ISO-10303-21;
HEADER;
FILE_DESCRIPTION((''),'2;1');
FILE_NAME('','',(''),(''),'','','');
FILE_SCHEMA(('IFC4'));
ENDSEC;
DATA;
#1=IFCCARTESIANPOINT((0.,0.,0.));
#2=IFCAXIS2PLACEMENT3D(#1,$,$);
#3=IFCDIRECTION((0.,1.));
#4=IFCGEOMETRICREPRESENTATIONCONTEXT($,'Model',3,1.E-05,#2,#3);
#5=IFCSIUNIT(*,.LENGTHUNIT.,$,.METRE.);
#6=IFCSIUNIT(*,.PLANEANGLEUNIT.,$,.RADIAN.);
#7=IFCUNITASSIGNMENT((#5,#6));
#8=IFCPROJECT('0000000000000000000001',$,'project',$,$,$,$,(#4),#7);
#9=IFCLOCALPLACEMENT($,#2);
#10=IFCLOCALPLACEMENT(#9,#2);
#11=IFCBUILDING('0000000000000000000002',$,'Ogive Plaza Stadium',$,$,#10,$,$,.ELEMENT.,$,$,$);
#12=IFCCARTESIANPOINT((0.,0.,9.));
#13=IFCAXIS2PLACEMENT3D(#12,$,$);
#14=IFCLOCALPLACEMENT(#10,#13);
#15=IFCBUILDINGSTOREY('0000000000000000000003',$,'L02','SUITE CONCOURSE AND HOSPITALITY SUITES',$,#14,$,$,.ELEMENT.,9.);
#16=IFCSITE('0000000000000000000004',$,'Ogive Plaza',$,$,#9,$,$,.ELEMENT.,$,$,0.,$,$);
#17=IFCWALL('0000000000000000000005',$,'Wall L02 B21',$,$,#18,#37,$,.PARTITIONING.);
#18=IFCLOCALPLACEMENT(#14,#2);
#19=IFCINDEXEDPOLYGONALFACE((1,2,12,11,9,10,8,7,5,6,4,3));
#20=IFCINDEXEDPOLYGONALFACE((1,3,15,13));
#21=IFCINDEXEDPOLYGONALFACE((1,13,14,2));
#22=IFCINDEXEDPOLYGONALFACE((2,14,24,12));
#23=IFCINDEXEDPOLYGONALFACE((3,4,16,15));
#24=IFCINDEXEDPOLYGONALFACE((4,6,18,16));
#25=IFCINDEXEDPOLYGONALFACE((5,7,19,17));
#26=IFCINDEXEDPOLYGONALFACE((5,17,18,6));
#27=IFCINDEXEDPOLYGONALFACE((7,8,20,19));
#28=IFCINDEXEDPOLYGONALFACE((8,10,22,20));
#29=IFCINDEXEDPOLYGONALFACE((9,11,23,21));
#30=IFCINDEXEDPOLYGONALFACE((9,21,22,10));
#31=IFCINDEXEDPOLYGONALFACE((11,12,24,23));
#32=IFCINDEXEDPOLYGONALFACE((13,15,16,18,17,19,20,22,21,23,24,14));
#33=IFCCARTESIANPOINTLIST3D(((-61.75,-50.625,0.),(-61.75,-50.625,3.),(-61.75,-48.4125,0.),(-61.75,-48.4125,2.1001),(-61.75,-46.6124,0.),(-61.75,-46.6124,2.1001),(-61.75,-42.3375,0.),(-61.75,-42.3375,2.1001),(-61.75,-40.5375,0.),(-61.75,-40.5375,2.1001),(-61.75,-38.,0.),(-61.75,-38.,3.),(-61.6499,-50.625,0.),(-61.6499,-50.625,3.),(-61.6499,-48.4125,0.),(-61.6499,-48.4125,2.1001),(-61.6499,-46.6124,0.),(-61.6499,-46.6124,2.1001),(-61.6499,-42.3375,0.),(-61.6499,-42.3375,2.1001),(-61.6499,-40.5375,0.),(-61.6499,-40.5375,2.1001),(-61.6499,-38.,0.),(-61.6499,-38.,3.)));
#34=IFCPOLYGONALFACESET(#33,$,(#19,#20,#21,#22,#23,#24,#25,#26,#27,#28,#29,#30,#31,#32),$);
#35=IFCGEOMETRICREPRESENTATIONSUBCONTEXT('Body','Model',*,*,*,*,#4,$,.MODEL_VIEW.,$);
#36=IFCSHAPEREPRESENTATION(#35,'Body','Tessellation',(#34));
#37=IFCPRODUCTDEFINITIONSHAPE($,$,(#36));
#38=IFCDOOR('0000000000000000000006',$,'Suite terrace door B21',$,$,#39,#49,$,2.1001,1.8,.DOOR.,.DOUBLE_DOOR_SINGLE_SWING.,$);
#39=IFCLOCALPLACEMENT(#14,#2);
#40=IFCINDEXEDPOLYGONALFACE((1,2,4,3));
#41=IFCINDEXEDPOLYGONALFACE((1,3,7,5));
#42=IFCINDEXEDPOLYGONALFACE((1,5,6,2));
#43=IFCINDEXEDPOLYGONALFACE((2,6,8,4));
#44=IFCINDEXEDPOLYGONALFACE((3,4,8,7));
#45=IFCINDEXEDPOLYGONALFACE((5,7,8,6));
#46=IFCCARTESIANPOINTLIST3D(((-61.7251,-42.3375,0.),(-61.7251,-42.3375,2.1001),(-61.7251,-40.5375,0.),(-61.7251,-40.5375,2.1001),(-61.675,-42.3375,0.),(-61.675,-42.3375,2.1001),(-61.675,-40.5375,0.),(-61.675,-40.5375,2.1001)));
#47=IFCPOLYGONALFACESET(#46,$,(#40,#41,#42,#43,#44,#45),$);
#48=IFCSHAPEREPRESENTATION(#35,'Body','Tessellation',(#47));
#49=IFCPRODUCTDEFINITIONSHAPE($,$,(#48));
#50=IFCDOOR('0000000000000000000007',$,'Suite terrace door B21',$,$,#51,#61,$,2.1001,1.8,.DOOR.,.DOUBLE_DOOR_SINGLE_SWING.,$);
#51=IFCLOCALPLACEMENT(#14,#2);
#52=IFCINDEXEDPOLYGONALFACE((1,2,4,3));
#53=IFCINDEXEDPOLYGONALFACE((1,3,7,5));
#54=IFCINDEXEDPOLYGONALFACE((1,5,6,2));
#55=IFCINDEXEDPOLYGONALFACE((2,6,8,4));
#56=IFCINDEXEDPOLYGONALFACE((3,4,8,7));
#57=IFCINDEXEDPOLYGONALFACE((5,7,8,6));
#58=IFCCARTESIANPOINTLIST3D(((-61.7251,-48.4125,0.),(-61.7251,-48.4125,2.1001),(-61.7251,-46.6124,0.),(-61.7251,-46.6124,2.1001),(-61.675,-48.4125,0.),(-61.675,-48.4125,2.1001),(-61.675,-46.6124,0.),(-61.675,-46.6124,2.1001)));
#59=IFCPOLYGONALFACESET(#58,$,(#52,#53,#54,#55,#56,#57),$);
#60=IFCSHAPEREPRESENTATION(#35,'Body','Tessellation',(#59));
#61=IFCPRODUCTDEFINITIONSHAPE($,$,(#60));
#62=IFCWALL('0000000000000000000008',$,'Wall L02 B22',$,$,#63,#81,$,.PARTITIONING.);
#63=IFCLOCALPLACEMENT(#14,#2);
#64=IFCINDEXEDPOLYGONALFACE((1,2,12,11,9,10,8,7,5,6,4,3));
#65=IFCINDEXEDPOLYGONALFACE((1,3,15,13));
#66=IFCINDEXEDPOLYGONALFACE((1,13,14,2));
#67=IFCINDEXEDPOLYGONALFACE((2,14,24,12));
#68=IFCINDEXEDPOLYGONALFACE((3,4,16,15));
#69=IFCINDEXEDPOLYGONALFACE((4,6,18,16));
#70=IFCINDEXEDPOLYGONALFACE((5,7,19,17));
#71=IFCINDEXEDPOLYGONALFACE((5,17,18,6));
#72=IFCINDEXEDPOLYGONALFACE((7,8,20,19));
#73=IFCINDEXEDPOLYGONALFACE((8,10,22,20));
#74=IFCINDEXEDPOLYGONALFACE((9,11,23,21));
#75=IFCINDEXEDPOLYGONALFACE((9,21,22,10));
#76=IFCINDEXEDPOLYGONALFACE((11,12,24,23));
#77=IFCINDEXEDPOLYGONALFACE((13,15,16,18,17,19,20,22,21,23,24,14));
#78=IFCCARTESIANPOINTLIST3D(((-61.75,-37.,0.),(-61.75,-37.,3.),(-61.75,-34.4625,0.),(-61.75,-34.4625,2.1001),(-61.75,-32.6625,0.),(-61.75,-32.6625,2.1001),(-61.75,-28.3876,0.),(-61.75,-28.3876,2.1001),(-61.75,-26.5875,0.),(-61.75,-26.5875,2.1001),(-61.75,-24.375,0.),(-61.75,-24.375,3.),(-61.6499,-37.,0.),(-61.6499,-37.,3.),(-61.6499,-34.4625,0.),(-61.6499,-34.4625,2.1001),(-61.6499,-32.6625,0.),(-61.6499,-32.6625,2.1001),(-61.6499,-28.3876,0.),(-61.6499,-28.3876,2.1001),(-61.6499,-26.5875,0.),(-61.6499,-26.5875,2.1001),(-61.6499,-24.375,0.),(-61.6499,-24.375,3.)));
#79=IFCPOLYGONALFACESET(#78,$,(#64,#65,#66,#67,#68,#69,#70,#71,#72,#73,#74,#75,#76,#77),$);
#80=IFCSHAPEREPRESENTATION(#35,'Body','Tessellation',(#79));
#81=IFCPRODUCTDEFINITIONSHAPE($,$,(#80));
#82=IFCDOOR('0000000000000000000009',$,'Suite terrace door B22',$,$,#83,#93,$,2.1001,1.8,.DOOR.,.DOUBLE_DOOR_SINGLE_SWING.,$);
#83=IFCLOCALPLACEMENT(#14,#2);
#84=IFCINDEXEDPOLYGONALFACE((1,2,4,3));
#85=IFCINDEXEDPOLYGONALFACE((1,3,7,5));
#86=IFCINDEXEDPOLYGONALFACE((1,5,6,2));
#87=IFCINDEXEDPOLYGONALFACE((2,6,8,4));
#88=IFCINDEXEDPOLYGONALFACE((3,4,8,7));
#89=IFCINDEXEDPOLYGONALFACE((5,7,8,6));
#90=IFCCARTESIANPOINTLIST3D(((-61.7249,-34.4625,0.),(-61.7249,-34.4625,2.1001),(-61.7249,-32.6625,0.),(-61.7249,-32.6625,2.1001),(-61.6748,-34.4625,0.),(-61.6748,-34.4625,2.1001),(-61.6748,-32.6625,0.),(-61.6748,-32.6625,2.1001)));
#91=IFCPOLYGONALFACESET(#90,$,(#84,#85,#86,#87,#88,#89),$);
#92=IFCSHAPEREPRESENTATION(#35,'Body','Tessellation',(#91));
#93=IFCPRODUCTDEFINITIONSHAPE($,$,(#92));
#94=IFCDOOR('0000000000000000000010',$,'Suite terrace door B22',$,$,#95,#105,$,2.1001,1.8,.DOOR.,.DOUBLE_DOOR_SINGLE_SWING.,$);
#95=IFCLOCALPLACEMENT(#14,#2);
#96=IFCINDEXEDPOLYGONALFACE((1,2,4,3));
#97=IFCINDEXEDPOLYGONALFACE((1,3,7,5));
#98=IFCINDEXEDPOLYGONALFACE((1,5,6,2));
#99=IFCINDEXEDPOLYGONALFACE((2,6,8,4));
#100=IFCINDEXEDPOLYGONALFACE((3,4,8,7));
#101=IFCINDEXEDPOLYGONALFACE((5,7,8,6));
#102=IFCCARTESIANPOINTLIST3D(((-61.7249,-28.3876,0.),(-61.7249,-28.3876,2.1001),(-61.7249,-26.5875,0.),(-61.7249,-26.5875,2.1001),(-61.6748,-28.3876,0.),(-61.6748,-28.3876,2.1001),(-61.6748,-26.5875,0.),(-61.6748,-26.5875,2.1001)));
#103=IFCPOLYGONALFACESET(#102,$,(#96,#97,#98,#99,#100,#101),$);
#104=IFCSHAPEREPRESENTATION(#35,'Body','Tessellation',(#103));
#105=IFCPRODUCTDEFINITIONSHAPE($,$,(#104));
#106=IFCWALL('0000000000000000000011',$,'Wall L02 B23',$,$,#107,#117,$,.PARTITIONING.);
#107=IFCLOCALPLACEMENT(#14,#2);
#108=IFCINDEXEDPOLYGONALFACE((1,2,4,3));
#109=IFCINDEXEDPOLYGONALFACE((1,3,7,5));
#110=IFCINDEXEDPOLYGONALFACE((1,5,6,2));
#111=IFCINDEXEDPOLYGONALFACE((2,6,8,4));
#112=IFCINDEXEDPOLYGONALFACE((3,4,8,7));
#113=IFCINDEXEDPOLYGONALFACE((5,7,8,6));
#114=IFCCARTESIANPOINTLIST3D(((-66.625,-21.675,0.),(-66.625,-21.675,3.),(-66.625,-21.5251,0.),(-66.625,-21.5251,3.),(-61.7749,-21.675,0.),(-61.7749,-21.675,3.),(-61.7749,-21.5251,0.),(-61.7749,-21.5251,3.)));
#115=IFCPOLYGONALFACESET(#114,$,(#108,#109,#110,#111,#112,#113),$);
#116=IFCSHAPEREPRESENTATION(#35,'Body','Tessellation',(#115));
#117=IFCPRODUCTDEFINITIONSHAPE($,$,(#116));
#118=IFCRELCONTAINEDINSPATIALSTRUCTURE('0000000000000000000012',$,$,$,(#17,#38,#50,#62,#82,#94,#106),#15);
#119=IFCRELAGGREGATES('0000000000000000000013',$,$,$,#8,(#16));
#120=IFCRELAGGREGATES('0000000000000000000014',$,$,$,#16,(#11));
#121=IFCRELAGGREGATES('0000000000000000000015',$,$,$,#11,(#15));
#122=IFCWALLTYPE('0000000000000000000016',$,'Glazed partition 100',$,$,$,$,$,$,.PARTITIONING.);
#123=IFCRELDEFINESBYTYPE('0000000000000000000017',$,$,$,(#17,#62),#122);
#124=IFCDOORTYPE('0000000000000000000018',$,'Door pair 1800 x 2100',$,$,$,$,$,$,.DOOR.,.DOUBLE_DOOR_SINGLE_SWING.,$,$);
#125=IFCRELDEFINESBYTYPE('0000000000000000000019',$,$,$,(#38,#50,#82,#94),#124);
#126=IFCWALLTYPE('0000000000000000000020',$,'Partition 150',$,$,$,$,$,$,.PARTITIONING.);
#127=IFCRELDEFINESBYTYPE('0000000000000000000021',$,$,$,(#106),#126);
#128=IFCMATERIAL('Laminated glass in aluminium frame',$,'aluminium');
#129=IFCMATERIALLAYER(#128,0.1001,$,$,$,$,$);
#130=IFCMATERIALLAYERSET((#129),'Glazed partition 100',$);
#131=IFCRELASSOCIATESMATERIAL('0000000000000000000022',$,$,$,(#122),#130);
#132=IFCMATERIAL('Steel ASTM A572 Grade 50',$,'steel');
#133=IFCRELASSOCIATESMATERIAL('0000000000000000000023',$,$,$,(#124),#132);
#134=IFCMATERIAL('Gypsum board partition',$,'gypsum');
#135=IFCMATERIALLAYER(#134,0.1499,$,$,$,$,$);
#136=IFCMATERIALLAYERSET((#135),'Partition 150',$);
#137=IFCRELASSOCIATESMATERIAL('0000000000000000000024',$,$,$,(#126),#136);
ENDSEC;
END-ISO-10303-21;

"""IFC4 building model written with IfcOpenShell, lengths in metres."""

from ifc_helpers import new_model, si_unit, direction, frame, frame_2d, origin, place, context, subcontext, project, spatial, rectangle, extrude, material, layer, layer_set, type_object, element, fill, save


model = new_model("IFC4")

# Units and contexts
model_context = context("Model", 3, precision=1e-05, world=origin(), true_north=direction((0.0, 1.0)))
body_context = subcontext(model_context, "Body", "Model", "MODEL_VIEW")
ifc_project = project(units=[si_unit("LENGTHUNIT", "METRE"), si_unit("PLANEANGLEUNIT", "RADIAN")], contexts=[model_context])

# Site, building, storey
site_placement = place(None, origin())
site = spatial("IfcSite", under=ifc_project, at=site_placement, Name="Ogive Plaza", CompositionType="ELEMENT", RefElevation=0.0)
building_placement = place(site_placement, origin())
building = spatial("IfcBuilding", under=site, at=building_placement, Name="Ogive Plaza Stadium", CompositionType="ELEMENT")
storey_placement = place(building_placement, frame((0.0, 0.0, 9.0)))
storey = spatial("IfcBuildingStorey", under=building, at=storey_placement, Name="L02", Description="SUITE CONCOURSE AND HOSPITALITY SUITES", CompositionType="ELEMENT", Elevation=9.0)

# Walls, openings, doors
ifc_material_1 = material(Name="Laminated glass in aluminium frame", Category="aluminium")
ifc_layer_1 = layer(ifc_material_1, 0.1001)
ifc_layer_set_1 = layer_set([ifc_layer_1], Name="Glazed partition 100")
wall_type_1 = type_object("IfcWallType", Name="Glazed partition 100", PredefinedType="PARTITIONING", material=ifc_layer_set_1)
wall_1_placement = place(storey_placement, frame((-61.7, -38.0, 0.0), z_axis=(0.0, 0.0, 1.0), x_axis=(0.0, -1.0, 0.0)))
wall_1 = element("IfcWall", 1, at=wall_1_placement, inside=storey, type_object=wall_type_1, Name="Wall L02 B21", PredefinedType="PARTITIONING", context=body_context, shape_type="SweptSolid", body=[
    extrude(rectangle(XDim=12.625, YDim=0.1001, at=frame_2d((6.3125, 0.0))), origin(), (0.0, 0.0, 1.0), 3.0),
])
opening_1_placement = place(wall_1_placement, frame((2.5376, 0.0, 0.0)))
opening_1 = element("IfcOpeningElement", 2, at=opening_1_placement, cuts=wall_1, PredefinedType="OPENING", context=body_context, shape_type="SweptSolid", body=[
    extrude(rectangle(XDim=1.8, YDim=2.1001, at=frame_2d((0.8999, 1.05))), frame((0.0, 0.05, 0.0), z_axis=(0.0, -1.0, 0.0), x_axis=(1.0, 0.0, 0.0)), (0.0, 0.0, 1.0), 0.1001),
])
opening_2_placement = place(wall_1_placement, frame((8.6125, 0.0, 0.0)))
opening_2 = element("IfcOpeningElement", 3, at=opening_2_placement, cuts=wall_1, PredefinedType="OPENING", context=body_context, shape_type="SweptSolid", body=[
    extrude(rectangle(XDim=1.8, YDim=2.1001, at=frame_2d((0.8999, 1.05))), frame((0.0, 0.05, 0.0), z_axis=(0.0, -1.0, 0.0), x_axis=(1.0, 0.0, 0.0)), (0.0, 0.0, 1.0), 0.1001),
])
ifc_material_2 = material(Name="Steel ASTM A572 Grade 50", Category="steel")
door_type = type_object("IfcDoorType", Name="Door pair 1800 x 2100", OperationType="DOUBLE_DOOR_SINGLE_SWING", PredefinedType="DOOR", material=ifc_material_2)
door_1_placement = place(opening_1_placement, origin())
door_1 = element("IfcDoor", 4, at=door_1_placement, inside=storey, type_object=door_type, Name="Suite terrace door B21", OperationType="DOUBLE_DOOR_SINGLE_SWING", OverallHeight=2.1001, OverallWidth=1.8, PredefinedType="DOOR", context=body_context, shape_type="SweptSolid", body=[
    extrude(rectangle(XDim=1.8, YDim=2.1001, at=frame_2d((0.8999, 1.05))), frame((0.0, 0.0249, 0.0), z_axis=(0.0, -1.0, 0.0), x_axis=(1.0, 0.0, 0.0)), (0.0, 0.0, 1.0), 0.05),
])
fill(opening_1, door_1)
door_2_placement = place(opening_2_placement, origin())
door_2 = element("IfcDoor", 5, at=door_2_placement, inside=storey, type_object=door_type, Name="Suite terrace door B21", OperationType="DOUBLE_DOOR_SINGLE_SWING", OverallHeight=2.1001, OverallWidth=1.8, PredefinedType="DOOR", context=body_context, shape_type="SweptSolid", body=[
    extrude(rectangle(XDim=1.8, YDim=2.1001, at=frame_2d((0.8999, 1.05))), frame((0.0, 0.0249, 0.0), z_axis=(0.0, -1.0, 0.0), x_axis=(1.0, 0.0, 0.0)), (0.0, 0.0, 1.0), 0.05),
])
fill(opening_2, door_2)
wall_2_placement = place(storey_placement, frame((-61.7, -37.0, 0.0), z_axis=(0.0, 0.0, 1.0), x_axis=(0.0, 1.0, 0.0)))
wall_2 = element("IfcWall", 6, at=wall_2_placement, inside=storey, type_object=wall_type_1, Name="Wall L02 B22", PredefinedType="PARTITIONING", context=body_context, shape_type="SweptSolid", body=[
    extrude(rectangle(XDim=12.625, YDim=0.1001, at=frame_2d((6.3125, 0.0))), origin(), (0.0, 0.0, 1.0), 3.0),
])
opening_3_placement = place(wall_2_placement, frame((2.5376, 0.0, 0.0)))
opening_3 = element("IfcOpeningElement", 7, at=opening_3_placement, cuts=wall_2, PredefinedType="OPENING", context=body_context, shape_type="SweptSolid", body=[
    extrude(rectangle(XDim=1.8, YDim=2.1001, at=frame_2d((0.8999, 1.05))), frame((0.0, 0.05, 0.0), z_axis=(0.0, -1.0, 0.0), x_axis=(1.0, 0.0, 0.0)), (0.0, 0.0, 1.0), 0.1001),
])
opening_4_placement = place(wall_2_placement, frame((8.6125, 0.0, 0.0)))
opening_4 = element("IfcOpeningElement", 8, at=opening_4_placement, cuts=wall_2, PredefinedType="OPENING", context=body_context, shape_type="SweptSolid", body=[
    extrude(rectangle(XDim=1.8, YDim=2.1001, at=frame_2d((0.8999, 1.05))), frame((0.0, 0.05, 0.0), z_axis=(0.0, -1.0, 0.0), x_axis=(1.0, 0.0, 0.0)), (0.0, 0.0, 1.0), 0.1001),
])
door_3_placement = place(opening_3_placement, origin())
door_3 = element("IfcDoor", 9, at=door_3_placement, inside=storey, type_object=door_type, Name="Suite terrace door B22", OperationType="DOUBLE_DOOR_SINGLE_SWING", OverallHeight=2.1001, OverallWidth=1.8, PredefinedType="DOOR", context=body_context, shape_type="SweptSolid", body=[
    extrude(rectangle(XDim=1.8, YDim=2.1001, at=frame_2d((0.8999, 1.05))), frame((0.0, 0.0249, 0.0), z_axis=(0.0, -1.0, 0.0), x_axis=(1.0, 0.0, 0.0)), (0.0, 0.0, 1.0), 0.05),
])
fill(opening_3, door_3)
door_4_placement = place(opening_4_placement, origin())
door_4 = element("IfcDoor", 10, at=door_4_placement, inside=storey, type_object=door_type, Name="Suite terrace door B22", OperationType="DOUBLE_DOOR_SINGLE_SWING", OverallHeight=2.1001, OverallWidth=1.8, PredefinedType="DOOR", context=body_context, shape_type="SweptSolid", body=[
    extrude(rectangle(XDim=1.8, YDim=2.1001, at=frame_2d((0.8999, 1.05))), frame((0.0, 0.0249, 0.0), z_axis=(0.0, -1.0, 0.0), x_axis=(1.0, 0.0, 0.0)), (0.0, 0.0, 1.0), 0.05),
])
fill(opening_4, door_4)

# Wall
ifc_material_3 = material(Name="Gypsum board partition", Category="gypsum")
ifc_layer_2 = layer(ifc_material_3, 0.1499)
ifc_layer_set_2 = layer_set([ifc_layer_2], Name="Partition 150")
wall_type_2 = type_object("IfcWallType", Name="Partition 150", PredefinedType="PARTITIONING", material=ifc_layer_set_2)
wall_3_placement = place(storey_placement, frame((-61.7749, -21.6001, 0.0), z_axis=(0.0, 0.0, 1.0), x_axis=(-1.0, 0.0, 0.0)))
element("IfcWall", 11, at=wall_3_placement, inside=storey, type_object=wall_type_2, Name="Wall L02 B23", PredefinedType="PARTITIONING", context=body_context, shape_type="SweptSolid", body=[
    extrude(rectangle(XDim=4.8501, YDim=0.1499, at=frame_2d((2.425, 0.0))), origin(), (0.0, 0.0, 1.0), 3.0),
])

save(model, "model.ifc")
